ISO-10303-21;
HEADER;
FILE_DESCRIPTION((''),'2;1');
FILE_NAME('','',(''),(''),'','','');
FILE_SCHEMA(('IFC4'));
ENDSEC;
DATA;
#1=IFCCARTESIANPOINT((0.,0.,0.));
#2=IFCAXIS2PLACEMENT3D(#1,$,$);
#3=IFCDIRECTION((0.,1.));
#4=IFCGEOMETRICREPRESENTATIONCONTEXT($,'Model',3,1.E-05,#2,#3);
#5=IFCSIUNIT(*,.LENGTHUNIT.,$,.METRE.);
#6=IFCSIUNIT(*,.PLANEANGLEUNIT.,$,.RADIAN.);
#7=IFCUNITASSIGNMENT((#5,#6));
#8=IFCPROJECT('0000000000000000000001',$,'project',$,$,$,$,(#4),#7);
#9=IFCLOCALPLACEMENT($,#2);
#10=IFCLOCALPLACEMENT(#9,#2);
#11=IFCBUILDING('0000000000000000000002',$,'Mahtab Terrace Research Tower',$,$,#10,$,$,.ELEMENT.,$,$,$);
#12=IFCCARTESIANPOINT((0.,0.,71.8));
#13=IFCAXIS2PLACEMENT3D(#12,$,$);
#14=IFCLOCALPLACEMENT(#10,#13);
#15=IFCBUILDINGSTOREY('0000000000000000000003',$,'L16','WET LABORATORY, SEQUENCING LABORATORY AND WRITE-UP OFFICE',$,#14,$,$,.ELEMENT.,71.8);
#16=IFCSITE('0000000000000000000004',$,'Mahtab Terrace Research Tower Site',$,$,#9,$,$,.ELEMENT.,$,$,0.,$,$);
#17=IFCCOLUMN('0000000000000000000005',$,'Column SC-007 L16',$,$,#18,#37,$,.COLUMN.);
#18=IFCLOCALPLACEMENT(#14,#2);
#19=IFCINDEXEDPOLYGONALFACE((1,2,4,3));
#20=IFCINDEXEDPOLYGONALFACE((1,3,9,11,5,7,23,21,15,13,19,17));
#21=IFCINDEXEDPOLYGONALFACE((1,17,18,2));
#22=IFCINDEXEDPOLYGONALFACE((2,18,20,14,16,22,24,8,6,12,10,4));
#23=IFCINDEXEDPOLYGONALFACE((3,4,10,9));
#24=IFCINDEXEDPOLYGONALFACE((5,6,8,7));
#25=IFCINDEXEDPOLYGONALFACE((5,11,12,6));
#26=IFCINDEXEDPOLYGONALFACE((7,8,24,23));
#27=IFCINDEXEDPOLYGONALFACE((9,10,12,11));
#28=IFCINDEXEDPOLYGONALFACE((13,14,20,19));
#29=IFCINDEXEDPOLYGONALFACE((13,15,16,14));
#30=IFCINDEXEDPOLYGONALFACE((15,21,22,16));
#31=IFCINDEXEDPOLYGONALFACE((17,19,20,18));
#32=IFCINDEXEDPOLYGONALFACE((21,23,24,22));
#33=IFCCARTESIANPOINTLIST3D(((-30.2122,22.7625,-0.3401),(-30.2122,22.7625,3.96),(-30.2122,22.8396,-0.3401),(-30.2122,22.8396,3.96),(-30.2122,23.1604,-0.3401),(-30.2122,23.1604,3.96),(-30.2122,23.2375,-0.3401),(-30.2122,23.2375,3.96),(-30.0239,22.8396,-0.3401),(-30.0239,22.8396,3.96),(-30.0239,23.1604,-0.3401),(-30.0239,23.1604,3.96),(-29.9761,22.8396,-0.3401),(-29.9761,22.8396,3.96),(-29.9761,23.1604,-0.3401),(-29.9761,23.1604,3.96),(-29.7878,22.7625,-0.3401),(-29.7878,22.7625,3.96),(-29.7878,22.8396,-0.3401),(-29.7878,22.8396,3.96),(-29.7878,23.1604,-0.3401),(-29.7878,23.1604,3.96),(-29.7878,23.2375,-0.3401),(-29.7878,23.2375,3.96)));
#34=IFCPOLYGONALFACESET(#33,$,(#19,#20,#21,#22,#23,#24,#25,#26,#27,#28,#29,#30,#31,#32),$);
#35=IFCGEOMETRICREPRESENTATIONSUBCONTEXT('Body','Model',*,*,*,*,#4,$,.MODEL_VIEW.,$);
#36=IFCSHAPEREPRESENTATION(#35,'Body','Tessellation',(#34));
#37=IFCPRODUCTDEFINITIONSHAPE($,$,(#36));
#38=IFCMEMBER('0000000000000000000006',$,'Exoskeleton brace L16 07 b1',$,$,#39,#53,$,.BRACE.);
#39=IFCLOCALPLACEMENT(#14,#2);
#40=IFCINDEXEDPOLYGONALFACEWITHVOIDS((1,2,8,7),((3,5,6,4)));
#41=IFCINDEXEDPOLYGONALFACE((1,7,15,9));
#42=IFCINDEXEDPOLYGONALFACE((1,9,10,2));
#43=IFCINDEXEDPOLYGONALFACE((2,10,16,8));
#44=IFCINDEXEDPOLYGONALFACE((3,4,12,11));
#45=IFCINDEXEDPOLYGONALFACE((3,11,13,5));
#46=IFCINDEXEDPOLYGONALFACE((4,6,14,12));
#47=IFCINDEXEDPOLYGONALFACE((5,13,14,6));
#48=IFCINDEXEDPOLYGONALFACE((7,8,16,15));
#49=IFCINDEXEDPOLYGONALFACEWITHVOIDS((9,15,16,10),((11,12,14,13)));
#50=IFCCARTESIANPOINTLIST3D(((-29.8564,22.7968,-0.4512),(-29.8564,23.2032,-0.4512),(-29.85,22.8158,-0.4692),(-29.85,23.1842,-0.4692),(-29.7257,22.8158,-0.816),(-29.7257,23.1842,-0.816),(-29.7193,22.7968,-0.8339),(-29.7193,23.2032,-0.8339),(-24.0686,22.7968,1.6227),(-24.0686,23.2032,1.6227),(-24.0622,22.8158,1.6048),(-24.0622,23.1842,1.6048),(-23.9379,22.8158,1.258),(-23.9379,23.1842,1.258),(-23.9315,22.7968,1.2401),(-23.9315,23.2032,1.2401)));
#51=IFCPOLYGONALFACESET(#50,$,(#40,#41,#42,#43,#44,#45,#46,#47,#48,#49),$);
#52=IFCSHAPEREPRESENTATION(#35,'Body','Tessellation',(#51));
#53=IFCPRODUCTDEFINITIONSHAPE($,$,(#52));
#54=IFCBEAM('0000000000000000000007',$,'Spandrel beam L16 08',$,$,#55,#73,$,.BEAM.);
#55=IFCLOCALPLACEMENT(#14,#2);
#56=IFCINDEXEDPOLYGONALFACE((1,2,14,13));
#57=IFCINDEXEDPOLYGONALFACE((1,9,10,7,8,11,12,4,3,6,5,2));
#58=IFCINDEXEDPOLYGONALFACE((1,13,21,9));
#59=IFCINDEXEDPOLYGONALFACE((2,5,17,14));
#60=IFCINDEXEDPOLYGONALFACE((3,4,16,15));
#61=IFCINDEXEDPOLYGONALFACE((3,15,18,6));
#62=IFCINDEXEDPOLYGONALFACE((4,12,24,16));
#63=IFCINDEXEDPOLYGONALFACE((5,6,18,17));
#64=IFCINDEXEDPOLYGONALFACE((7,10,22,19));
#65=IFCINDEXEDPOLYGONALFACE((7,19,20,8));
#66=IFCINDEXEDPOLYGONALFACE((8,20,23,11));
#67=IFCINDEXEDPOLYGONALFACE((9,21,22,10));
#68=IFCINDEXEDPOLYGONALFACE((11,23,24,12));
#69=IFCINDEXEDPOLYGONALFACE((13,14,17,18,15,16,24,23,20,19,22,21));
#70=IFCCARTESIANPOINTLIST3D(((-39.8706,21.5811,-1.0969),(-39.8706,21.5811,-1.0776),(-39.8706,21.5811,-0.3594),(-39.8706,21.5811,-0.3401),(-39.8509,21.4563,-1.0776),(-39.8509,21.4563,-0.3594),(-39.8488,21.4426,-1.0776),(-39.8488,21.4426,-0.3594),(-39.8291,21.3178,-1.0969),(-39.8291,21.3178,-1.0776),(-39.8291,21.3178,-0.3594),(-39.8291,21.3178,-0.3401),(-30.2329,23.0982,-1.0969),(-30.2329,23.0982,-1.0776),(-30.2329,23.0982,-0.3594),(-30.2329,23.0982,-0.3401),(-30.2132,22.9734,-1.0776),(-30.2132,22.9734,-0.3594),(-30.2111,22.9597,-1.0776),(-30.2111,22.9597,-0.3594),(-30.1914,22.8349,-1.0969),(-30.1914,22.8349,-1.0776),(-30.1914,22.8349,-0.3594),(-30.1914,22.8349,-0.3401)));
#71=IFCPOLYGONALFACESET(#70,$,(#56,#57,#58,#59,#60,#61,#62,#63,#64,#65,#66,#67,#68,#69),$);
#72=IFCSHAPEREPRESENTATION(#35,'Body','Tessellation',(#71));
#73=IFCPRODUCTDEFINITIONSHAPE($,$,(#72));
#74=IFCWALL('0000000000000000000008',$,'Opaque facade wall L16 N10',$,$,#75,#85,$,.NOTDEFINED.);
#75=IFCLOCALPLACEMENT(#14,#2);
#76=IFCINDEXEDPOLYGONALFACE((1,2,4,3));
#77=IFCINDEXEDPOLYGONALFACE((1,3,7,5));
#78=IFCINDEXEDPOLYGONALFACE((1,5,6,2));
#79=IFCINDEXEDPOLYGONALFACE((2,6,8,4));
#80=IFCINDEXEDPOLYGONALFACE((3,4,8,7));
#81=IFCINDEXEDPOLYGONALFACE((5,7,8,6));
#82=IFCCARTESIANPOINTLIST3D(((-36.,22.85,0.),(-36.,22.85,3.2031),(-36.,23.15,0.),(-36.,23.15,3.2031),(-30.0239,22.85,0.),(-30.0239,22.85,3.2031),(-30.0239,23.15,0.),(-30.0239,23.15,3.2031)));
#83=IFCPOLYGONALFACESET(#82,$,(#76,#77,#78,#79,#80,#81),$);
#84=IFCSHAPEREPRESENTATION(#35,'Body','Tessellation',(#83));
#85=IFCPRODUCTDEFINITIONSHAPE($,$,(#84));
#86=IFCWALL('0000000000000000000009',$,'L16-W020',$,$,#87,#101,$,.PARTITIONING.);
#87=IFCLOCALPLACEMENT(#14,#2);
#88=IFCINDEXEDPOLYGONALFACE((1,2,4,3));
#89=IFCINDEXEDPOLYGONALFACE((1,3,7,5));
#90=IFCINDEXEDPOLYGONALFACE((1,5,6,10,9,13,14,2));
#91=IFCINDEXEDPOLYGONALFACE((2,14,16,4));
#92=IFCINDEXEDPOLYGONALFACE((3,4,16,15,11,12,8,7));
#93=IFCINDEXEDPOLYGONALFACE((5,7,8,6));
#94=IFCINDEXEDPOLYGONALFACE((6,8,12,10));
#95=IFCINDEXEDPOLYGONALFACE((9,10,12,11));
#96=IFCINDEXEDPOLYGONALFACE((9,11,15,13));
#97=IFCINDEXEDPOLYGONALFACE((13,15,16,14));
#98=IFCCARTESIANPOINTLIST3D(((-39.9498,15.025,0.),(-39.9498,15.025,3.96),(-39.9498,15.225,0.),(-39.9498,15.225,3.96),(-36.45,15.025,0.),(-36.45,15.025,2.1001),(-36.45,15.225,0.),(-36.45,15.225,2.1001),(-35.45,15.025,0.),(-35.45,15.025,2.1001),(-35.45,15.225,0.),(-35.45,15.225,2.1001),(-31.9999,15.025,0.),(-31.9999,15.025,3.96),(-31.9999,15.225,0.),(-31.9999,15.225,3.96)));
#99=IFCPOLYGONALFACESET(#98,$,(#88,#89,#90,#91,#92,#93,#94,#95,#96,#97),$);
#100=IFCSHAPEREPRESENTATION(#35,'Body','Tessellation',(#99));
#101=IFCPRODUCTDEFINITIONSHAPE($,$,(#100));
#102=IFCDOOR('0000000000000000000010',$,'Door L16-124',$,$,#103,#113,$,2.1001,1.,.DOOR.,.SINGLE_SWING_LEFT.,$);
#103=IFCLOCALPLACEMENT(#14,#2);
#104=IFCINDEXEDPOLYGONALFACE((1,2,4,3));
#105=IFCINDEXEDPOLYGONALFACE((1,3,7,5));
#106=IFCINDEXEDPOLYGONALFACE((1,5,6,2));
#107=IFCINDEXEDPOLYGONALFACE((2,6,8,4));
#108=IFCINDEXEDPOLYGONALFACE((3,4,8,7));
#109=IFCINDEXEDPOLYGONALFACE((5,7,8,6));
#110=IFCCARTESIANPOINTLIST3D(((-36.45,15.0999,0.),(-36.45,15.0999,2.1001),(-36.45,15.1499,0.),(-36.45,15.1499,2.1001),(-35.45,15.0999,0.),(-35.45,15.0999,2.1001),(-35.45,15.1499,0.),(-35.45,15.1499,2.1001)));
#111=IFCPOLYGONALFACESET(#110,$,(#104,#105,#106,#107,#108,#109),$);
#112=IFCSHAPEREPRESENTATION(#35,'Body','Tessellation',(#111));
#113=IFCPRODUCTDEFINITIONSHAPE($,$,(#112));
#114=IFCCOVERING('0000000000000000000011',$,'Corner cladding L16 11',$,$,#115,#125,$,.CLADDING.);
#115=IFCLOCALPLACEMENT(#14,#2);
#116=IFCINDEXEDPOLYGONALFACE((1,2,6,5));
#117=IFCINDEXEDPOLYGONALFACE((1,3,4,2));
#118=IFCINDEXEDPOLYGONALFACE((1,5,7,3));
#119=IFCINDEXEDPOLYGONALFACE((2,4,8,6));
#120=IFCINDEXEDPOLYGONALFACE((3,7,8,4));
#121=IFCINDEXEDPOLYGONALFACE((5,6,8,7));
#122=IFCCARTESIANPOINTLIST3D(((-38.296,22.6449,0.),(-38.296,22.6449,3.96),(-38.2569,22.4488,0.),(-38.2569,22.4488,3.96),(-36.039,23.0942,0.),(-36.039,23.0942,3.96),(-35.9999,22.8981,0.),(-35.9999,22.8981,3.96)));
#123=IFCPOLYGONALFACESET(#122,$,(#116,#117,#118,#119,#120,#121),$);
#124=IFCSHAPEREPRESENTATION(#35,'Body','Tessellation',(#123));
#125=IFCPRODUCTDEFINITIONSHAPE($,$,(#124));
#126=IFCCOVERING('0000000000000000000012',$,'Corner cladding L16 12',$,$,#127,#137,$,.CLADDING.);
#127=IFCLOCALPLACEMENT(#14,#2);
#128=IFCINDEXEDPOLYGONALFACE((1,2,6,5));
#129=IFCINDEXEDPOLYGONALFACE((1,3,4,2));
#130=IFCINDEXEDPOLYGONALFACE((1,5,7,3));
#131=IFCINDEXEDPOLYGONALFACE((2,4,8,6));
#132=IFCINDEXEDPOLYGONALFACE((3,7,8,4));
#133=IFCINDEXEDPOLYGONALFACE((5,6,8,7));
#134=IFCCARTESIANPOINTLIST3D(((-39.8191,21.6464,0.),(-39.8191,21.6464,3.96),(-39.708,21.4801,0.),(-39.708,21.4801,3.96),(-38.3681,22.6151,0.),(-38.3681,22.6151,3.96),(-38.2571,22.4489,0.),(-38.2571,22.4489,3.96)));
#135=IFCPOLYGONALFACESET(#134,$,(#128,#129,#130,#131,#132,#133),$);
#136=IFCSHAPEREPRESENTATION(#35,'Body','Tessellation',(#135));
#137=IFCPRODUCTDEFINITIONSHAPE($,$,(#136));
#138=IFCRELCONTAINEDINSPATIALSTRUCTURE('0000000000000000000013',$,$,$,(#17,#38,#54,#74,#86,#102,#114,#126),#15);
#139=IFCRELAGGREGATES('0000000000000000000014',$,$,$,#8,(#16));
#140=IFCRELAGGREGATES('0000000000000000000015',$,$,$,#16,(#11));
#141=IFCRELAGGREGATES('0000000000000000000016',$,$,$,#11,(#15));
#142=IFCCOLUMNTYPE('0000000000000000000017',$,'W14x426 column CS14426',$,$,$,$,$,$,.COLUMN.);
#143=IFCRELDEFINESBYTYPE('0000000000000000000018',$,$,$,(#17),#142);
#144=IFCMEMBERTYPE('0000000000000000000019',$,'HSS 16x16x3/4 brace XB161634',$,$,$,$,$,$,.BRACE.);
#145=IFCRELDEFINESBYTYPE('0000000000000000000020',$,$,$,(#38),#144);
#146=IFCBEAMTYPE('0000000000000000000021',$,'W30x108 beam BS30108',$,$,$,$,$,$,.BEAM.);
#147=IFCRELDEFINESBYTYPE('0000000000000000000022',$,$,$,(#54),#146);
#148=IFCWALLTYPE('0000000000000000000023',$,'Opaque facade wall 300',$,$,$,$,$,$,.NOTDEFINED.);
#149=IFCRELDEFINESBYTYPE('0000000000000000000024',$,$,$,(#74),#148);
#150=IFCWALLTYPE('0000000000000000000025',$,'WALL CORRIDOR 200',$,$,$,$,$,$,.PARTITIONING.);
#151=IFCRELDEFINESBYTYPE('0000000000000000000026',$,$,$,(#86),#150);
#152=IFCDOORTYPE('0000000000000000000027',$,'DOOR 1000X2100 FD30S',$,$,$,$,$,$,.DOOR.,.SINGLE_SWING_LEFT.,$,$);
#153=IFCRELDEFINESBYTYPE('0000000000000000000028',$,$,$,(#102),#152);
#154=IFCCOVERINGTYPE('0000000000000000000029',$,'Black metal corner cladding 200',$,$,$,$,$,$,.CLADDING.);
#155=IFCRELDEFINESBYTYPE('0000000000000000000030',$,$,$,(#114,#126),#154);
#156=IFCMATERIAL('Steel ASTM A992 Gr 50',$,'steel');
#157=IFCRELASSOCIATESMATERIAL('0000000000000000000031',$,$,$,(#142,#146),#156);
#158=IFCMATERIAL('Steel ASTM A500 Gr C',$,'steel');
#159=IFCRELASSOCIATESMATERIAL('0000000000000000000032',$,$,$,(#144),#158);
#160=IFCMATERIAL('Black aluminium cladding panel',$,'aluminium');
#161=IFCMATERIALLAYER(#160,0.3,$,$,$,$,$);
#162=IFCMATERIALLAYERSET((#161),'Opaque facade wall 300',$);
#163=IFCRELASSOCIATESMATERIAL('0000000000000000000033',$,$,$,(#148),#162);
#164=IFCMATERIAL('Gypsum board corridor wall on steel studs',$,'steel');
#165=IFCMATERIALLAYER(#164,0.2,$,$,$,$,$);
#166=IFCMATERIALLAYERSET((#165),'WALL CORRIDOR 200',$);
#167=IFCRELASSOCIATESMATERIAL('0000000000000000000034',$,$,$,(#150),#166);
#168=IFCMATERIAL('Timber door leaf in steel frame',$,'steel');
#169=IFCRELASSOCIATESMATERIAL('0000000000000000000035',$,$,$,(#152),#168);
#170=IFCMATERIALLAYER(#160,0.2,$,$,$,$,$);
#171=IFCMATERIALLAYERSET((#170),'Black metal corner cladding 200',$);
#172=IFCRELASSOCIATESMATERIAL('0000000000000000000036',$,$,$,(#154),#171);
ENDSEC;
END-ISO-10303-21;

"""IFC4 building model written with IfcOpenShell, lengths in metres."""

from ifc_helpers import new_model, si_unit, direction, frame, frame_2d, origin, origin_2d, place, context, subcontext, project, spatial, rectangle, hollow_rectangle, i_section, extrude, material, layer, layer_set, material_profile, profile_set, type_object, element, fill, save


model = new_model("IFC4")

# Units and contexts
model_context = context("Model", 3, precision=1e-05, world=origin(), true_north=direction((0.0, 1.0)))
body_context = subcontext(model_context, "Body", "Model", "MODEL_VIEW")
ifc_project = project(units=[si_unit("LENGTHUNIT", "METRE"), si_unit("PLANEANGLEUNIT", "RADIAN")], contexts=[model_context])

# Site, building, storey
site_placement = place(None, origin())
site = spatial("IfcSite", under=ifc_project, at=site_placement, Name="Mahtab Terrace Research Tower Site", CompositionType="ELEMENT", RefElevation=0.0)
building_placement = place(site_placement, origin())
building = spatial("IfcBuilding", under=site, at=building_placement, Name="Mahtab Terrace Research Tower", CompositionType="ELEMENT")
storey_placement = place(building_placement, frame((0.0, 0.0, 71.8)))
storey = spatial("IfcBuildingStorey", under=building, at=storey_placement, Name="L16", Description="WET LABORATORY, SEQUENCING LABORATORY AND WRITE-UP OFFICE", CompositionType="ELEMENT", Elevation=71.8)

# Column
ifc_material_1 = material(Name="Steel ASTM A992 Gr 50", Category="steel")
ifc_material_profile_1 = material_profile(ifc_material_1, i_section(OverallWidth=0.4243, OverallDepth=0.4751, WebThickness=0.0479, FlangeThickness=0.0771, at=origin_2d()), Name="W14X426")
ifc_profile_set_1 = profile_set([ifc_material_profile_1], Name="Steel ASTM A992 Gr 50")
column_type = type_object("IfcColumnType", Name="W14x426 column CS14426", PredefinedType="COLUMN", material=ifc_profile_set_1)
column_placement = place(storey_placement, frame((-30.0, 23.0, -0.3401), z_axis=(0.0, 0.0, 1.0), x_axis=(1.0, 0.0, 0.0)))
element("IfcColumn", 1, at=column_placement, inside=storey, type_object=column_type, Name="Column SC-007 L16", PredefinedType="COLUMN", context=body_context, shape_type="SweptSolid", body=[
    extrude(i_section(OverallWidth=0.4243, OverallDepth=0.4751, WebThickness=0.0479, FlangeThickness=0.0771, at=origin_2d()), origin(), (0.0, 0.0, 1.0), 4.3),
])

# Member
ifc_material_2 = material(Name="Steel ASTM A500 Gr C", Category="steel")
ifc_material_profile_2 = material_profile(ifc_material_2, hollow_rectangle(XDim=0.4065, YDim=0.4065, WallThickness=0.019, at=origin_2d()), Name="HSS16X16X3/4")
ifc_profile_set_2 = profile_set([ifc_material_profile_2], Name="Steel ASTM A500 Gr C")
member_type = type_object("IfcMemberType", Name="HSS 16x16x3/4 brace XB161634", PredefinedType="BRACE", material=ifc_profile_set_2)
member_placement = place(storey_placement, frame((-29.7878, 23.0, -0.6426), z_axis=(0.941387, 0.0, 0.33733), x_axis=(0.0, 1.0, 0.0)))
element("IfcMember", 2, at=member_placement, inside=storey, type_object=member_type, Name="Exoskeleton brace L16 07 b1", PredefinedType="BRACE", context=body_context, shape_type="SweptSolid", body=[
    extrude(hollow_rectangle(XDim=0.4065, YDim=0.4065, WallThickness=0.019, at=origin_2d()), origin(), (0.0, 0.0, 1.0), 6.1482),
])

# Beam
ifc_material_profile_3 = material_profile(ifc_material_1, i_section(OverallWidth=0.2666, OverallDepth=0.7568, WebThickness=0.0139, FlangeThickness=0.0193, at=origin_2d()), Name="W30X108")
ifc_profile_set_3 = profile_set([ifc_material_profile_3], Name="Steel ASTM A992 Gr 50")
beam_type = type_object("IfcBeamType", Name="W30x108 beam BS30108", PredefinedType="BEAM", material=ifc_profile_set_3)
beam_placement = place(storey_placement, frame((-30.2122, 22.9666, -0.7185), z_axis=(-0.987836, -0.155497, 0.0), x_axis=(0.155497, -0.987836, 0.0)))
element("IfcBeam", 3, at=beam_placement, inside=storey, type_object=beam_type, Name="Spandrel beam L16 08", PredefinedType="BEAM", context=body_context, shape_type="SweptSolid", body=[
    extrude(i_section(OverallWidth=0.2666, OverallDepth=0.7568, WebThickness=0.0139, FlangeThickness=0.0193, at=origin_2d()), origin(), (0.0, 0.0, 1.0), 9.7563),
])

# Wall
ifc_material_3 = material(Name="Black aluminium cladding panel", Category="aluminium")
ifc_layer_1 = layer(ifc_material_3, 0.3)
ifc_layer_set_1 = layer_set([ifc_layer_1], Name="Opaque facade wall 300")
wall_type_1 = type_object("IfcWallType", Name="Opaque facade wall 300", PredefinedType="NOTDEFINED", material=ifc_layer_set_1)
wall_1_placement = place(storey_placement, frame((-30.0239, 23.0, 0.0), z_axis=(0.0, 0.0, 1.0), x_axis=(-1.0, 0.0, 0.0)))
element("IfcWall", 4, at=wall_1_placement, inside=storey, type_object=wall_type_1, Name="Opaque facade wall L16 N10", PredefinedType="NOTDEFINED", context=body_context, shape_type="SweptSolid", body=[
    extrude(rectangle(XDim=5.9761, YDim=0.3, at=frame_2d((2.988, 0.0))), origin(), (0.0, 0.0, 1.0), 3.2031),
])

# Wall, opening, door
ifc_material_4 = material(Name="Gypsum board corridor wall on steel studs", Category="steel")
ifc_layer_2 = layer(ifc_material_4, 0.2)
ifc_layer_set_2 = layer_set([ifc_layer_2], Name="WALL CORRIDOR 200")
wall_type_2 = type_object("IfcWallType", Name="WALL CORRIDOR 200", PredefinedType="PARTITIONING", material=ifc_layer_set_2)
wall_2_placement = place(storey_placement, frame((-39.95, 15.125, 0.0), z_axis=(0.0, 0.0, 1.0), x_axis=(1.0, 0.0, 0.0)))
wall_2 = element("IfcWall", 5, at=wall_2_placement, inside=storey, type_object=wall_type_2, Name="L16-W020", PredefinedType="PARTITIONING", context=body_context, shape_type="SweptSolid", body=[
    extrude(rectangle(XDim=7.95, YDim=0.2, at=frame_2d((3.9751, 0.0))), origin(), (0.0, 0.0, 1.0), 3.96),
])
opening_placement = place(wall_2_placement, frame((3.5, 0.0, 0.0)))
opening = element("IfcOpeningElement", 6, at=opening_placement, cuts=wall_2, PredefinedType="OPENING", context=body_context, shape_type="SweptSolid", body=[
    extrude(rectangle(XDim=1.0, YDim=2.1001, at=frame_2d((0.5, 1.05))), frame((0.0, 0.1099, 0.0), z_axis=(0.0, -1.0, 0.0), x_axis=(1.0, 0.0, 0.0)), (0.0, 0.0, 1.0), 0.22),
])
ifc_material_5 = material(Name="Timber door leaf in steel frame", Category="steel")
door_type = type_object("IfcDoorType", Name="DOOR 1000X2100 FD30S", OperationType="SINGLE_SWING_LEFT", PredefinedType="DOOR", material=ifc_material_5)
door_placement = place(opening_placement, origin())
door = element("IfcDoor", 7, at=door_placement, inside=storey, type_object=door_type, Name="Door L16-124", OperationType="SINGLE_SWING_LEFT", OverallHeight=2.1001, OverallWidth=1.0, PredefinedType="DOOR", context=body_context, shape_type="SweptSolid", body=[
    extrude(rectangle(XDim=1.0, YDim=2.1001, at=frame_2d((0.5, 1.05))), frame((0.0, 0.0249, 0.0), z_axis=(0.0, -1.0, 0.0), x_axis=(1.0, 0.0, 0.0)), (0.0, 0.0, 1.0), 0.05),
])
fill(opening, door)

# Coverings
ifc_layer_3 = layer(ifc_material_3, 0.2)
ifc_layer_set_3 = layer_set([ifc_layer_3], Name="Black metal corner cladding 200")
covering_type = type_object("IfcCoveringType", Name="Black metal corner cladding 200", PredefinedType="CLADDING", material=ifc_layer_set_3)
covering_1_placement = place(storey_placement, frame((-37.1479, 22.7715, 0.0), z_axis=(0.0, 0.0, 1.0), x_axis=(-0.980761, -0.195212, 0.0)))
element("IfcCovering", 8, at=covering_1_placement, inside=storey, type_object=covering_type, Name="Corner cladding L16 11", PredefinedType="CLADDING", context=body_context, shape_type="SweptSolid", body=[
    extrude(rectangle(XDim=2.3013, YDim=0.2, at=origin_2d()), origin(), (0.0, 0.0, 1.0), 3.96),
])
covering_2_placement = place(storey_placement, frame((-39.0381, 22.0476, 0.0), z_axis=(0.0, 0.0, 1.0), x_axis=(-0.831656, -0.555291, 0.0)))
element("IfcCovering", 9, at=covering_2_placement, inside=storey, type_object=covering_type, Name="Corner cladding L16 12", PredefinedType="CLADDING", context=body_context, shape_type="SweptSolid", body=[
    extrude(rectangle(XDim=1.7446, YDim=0.2, at=origin_2d()), origin(), (0.0, 0.0, 1.0), 3.96),
])

save(model, "model.ifc")
